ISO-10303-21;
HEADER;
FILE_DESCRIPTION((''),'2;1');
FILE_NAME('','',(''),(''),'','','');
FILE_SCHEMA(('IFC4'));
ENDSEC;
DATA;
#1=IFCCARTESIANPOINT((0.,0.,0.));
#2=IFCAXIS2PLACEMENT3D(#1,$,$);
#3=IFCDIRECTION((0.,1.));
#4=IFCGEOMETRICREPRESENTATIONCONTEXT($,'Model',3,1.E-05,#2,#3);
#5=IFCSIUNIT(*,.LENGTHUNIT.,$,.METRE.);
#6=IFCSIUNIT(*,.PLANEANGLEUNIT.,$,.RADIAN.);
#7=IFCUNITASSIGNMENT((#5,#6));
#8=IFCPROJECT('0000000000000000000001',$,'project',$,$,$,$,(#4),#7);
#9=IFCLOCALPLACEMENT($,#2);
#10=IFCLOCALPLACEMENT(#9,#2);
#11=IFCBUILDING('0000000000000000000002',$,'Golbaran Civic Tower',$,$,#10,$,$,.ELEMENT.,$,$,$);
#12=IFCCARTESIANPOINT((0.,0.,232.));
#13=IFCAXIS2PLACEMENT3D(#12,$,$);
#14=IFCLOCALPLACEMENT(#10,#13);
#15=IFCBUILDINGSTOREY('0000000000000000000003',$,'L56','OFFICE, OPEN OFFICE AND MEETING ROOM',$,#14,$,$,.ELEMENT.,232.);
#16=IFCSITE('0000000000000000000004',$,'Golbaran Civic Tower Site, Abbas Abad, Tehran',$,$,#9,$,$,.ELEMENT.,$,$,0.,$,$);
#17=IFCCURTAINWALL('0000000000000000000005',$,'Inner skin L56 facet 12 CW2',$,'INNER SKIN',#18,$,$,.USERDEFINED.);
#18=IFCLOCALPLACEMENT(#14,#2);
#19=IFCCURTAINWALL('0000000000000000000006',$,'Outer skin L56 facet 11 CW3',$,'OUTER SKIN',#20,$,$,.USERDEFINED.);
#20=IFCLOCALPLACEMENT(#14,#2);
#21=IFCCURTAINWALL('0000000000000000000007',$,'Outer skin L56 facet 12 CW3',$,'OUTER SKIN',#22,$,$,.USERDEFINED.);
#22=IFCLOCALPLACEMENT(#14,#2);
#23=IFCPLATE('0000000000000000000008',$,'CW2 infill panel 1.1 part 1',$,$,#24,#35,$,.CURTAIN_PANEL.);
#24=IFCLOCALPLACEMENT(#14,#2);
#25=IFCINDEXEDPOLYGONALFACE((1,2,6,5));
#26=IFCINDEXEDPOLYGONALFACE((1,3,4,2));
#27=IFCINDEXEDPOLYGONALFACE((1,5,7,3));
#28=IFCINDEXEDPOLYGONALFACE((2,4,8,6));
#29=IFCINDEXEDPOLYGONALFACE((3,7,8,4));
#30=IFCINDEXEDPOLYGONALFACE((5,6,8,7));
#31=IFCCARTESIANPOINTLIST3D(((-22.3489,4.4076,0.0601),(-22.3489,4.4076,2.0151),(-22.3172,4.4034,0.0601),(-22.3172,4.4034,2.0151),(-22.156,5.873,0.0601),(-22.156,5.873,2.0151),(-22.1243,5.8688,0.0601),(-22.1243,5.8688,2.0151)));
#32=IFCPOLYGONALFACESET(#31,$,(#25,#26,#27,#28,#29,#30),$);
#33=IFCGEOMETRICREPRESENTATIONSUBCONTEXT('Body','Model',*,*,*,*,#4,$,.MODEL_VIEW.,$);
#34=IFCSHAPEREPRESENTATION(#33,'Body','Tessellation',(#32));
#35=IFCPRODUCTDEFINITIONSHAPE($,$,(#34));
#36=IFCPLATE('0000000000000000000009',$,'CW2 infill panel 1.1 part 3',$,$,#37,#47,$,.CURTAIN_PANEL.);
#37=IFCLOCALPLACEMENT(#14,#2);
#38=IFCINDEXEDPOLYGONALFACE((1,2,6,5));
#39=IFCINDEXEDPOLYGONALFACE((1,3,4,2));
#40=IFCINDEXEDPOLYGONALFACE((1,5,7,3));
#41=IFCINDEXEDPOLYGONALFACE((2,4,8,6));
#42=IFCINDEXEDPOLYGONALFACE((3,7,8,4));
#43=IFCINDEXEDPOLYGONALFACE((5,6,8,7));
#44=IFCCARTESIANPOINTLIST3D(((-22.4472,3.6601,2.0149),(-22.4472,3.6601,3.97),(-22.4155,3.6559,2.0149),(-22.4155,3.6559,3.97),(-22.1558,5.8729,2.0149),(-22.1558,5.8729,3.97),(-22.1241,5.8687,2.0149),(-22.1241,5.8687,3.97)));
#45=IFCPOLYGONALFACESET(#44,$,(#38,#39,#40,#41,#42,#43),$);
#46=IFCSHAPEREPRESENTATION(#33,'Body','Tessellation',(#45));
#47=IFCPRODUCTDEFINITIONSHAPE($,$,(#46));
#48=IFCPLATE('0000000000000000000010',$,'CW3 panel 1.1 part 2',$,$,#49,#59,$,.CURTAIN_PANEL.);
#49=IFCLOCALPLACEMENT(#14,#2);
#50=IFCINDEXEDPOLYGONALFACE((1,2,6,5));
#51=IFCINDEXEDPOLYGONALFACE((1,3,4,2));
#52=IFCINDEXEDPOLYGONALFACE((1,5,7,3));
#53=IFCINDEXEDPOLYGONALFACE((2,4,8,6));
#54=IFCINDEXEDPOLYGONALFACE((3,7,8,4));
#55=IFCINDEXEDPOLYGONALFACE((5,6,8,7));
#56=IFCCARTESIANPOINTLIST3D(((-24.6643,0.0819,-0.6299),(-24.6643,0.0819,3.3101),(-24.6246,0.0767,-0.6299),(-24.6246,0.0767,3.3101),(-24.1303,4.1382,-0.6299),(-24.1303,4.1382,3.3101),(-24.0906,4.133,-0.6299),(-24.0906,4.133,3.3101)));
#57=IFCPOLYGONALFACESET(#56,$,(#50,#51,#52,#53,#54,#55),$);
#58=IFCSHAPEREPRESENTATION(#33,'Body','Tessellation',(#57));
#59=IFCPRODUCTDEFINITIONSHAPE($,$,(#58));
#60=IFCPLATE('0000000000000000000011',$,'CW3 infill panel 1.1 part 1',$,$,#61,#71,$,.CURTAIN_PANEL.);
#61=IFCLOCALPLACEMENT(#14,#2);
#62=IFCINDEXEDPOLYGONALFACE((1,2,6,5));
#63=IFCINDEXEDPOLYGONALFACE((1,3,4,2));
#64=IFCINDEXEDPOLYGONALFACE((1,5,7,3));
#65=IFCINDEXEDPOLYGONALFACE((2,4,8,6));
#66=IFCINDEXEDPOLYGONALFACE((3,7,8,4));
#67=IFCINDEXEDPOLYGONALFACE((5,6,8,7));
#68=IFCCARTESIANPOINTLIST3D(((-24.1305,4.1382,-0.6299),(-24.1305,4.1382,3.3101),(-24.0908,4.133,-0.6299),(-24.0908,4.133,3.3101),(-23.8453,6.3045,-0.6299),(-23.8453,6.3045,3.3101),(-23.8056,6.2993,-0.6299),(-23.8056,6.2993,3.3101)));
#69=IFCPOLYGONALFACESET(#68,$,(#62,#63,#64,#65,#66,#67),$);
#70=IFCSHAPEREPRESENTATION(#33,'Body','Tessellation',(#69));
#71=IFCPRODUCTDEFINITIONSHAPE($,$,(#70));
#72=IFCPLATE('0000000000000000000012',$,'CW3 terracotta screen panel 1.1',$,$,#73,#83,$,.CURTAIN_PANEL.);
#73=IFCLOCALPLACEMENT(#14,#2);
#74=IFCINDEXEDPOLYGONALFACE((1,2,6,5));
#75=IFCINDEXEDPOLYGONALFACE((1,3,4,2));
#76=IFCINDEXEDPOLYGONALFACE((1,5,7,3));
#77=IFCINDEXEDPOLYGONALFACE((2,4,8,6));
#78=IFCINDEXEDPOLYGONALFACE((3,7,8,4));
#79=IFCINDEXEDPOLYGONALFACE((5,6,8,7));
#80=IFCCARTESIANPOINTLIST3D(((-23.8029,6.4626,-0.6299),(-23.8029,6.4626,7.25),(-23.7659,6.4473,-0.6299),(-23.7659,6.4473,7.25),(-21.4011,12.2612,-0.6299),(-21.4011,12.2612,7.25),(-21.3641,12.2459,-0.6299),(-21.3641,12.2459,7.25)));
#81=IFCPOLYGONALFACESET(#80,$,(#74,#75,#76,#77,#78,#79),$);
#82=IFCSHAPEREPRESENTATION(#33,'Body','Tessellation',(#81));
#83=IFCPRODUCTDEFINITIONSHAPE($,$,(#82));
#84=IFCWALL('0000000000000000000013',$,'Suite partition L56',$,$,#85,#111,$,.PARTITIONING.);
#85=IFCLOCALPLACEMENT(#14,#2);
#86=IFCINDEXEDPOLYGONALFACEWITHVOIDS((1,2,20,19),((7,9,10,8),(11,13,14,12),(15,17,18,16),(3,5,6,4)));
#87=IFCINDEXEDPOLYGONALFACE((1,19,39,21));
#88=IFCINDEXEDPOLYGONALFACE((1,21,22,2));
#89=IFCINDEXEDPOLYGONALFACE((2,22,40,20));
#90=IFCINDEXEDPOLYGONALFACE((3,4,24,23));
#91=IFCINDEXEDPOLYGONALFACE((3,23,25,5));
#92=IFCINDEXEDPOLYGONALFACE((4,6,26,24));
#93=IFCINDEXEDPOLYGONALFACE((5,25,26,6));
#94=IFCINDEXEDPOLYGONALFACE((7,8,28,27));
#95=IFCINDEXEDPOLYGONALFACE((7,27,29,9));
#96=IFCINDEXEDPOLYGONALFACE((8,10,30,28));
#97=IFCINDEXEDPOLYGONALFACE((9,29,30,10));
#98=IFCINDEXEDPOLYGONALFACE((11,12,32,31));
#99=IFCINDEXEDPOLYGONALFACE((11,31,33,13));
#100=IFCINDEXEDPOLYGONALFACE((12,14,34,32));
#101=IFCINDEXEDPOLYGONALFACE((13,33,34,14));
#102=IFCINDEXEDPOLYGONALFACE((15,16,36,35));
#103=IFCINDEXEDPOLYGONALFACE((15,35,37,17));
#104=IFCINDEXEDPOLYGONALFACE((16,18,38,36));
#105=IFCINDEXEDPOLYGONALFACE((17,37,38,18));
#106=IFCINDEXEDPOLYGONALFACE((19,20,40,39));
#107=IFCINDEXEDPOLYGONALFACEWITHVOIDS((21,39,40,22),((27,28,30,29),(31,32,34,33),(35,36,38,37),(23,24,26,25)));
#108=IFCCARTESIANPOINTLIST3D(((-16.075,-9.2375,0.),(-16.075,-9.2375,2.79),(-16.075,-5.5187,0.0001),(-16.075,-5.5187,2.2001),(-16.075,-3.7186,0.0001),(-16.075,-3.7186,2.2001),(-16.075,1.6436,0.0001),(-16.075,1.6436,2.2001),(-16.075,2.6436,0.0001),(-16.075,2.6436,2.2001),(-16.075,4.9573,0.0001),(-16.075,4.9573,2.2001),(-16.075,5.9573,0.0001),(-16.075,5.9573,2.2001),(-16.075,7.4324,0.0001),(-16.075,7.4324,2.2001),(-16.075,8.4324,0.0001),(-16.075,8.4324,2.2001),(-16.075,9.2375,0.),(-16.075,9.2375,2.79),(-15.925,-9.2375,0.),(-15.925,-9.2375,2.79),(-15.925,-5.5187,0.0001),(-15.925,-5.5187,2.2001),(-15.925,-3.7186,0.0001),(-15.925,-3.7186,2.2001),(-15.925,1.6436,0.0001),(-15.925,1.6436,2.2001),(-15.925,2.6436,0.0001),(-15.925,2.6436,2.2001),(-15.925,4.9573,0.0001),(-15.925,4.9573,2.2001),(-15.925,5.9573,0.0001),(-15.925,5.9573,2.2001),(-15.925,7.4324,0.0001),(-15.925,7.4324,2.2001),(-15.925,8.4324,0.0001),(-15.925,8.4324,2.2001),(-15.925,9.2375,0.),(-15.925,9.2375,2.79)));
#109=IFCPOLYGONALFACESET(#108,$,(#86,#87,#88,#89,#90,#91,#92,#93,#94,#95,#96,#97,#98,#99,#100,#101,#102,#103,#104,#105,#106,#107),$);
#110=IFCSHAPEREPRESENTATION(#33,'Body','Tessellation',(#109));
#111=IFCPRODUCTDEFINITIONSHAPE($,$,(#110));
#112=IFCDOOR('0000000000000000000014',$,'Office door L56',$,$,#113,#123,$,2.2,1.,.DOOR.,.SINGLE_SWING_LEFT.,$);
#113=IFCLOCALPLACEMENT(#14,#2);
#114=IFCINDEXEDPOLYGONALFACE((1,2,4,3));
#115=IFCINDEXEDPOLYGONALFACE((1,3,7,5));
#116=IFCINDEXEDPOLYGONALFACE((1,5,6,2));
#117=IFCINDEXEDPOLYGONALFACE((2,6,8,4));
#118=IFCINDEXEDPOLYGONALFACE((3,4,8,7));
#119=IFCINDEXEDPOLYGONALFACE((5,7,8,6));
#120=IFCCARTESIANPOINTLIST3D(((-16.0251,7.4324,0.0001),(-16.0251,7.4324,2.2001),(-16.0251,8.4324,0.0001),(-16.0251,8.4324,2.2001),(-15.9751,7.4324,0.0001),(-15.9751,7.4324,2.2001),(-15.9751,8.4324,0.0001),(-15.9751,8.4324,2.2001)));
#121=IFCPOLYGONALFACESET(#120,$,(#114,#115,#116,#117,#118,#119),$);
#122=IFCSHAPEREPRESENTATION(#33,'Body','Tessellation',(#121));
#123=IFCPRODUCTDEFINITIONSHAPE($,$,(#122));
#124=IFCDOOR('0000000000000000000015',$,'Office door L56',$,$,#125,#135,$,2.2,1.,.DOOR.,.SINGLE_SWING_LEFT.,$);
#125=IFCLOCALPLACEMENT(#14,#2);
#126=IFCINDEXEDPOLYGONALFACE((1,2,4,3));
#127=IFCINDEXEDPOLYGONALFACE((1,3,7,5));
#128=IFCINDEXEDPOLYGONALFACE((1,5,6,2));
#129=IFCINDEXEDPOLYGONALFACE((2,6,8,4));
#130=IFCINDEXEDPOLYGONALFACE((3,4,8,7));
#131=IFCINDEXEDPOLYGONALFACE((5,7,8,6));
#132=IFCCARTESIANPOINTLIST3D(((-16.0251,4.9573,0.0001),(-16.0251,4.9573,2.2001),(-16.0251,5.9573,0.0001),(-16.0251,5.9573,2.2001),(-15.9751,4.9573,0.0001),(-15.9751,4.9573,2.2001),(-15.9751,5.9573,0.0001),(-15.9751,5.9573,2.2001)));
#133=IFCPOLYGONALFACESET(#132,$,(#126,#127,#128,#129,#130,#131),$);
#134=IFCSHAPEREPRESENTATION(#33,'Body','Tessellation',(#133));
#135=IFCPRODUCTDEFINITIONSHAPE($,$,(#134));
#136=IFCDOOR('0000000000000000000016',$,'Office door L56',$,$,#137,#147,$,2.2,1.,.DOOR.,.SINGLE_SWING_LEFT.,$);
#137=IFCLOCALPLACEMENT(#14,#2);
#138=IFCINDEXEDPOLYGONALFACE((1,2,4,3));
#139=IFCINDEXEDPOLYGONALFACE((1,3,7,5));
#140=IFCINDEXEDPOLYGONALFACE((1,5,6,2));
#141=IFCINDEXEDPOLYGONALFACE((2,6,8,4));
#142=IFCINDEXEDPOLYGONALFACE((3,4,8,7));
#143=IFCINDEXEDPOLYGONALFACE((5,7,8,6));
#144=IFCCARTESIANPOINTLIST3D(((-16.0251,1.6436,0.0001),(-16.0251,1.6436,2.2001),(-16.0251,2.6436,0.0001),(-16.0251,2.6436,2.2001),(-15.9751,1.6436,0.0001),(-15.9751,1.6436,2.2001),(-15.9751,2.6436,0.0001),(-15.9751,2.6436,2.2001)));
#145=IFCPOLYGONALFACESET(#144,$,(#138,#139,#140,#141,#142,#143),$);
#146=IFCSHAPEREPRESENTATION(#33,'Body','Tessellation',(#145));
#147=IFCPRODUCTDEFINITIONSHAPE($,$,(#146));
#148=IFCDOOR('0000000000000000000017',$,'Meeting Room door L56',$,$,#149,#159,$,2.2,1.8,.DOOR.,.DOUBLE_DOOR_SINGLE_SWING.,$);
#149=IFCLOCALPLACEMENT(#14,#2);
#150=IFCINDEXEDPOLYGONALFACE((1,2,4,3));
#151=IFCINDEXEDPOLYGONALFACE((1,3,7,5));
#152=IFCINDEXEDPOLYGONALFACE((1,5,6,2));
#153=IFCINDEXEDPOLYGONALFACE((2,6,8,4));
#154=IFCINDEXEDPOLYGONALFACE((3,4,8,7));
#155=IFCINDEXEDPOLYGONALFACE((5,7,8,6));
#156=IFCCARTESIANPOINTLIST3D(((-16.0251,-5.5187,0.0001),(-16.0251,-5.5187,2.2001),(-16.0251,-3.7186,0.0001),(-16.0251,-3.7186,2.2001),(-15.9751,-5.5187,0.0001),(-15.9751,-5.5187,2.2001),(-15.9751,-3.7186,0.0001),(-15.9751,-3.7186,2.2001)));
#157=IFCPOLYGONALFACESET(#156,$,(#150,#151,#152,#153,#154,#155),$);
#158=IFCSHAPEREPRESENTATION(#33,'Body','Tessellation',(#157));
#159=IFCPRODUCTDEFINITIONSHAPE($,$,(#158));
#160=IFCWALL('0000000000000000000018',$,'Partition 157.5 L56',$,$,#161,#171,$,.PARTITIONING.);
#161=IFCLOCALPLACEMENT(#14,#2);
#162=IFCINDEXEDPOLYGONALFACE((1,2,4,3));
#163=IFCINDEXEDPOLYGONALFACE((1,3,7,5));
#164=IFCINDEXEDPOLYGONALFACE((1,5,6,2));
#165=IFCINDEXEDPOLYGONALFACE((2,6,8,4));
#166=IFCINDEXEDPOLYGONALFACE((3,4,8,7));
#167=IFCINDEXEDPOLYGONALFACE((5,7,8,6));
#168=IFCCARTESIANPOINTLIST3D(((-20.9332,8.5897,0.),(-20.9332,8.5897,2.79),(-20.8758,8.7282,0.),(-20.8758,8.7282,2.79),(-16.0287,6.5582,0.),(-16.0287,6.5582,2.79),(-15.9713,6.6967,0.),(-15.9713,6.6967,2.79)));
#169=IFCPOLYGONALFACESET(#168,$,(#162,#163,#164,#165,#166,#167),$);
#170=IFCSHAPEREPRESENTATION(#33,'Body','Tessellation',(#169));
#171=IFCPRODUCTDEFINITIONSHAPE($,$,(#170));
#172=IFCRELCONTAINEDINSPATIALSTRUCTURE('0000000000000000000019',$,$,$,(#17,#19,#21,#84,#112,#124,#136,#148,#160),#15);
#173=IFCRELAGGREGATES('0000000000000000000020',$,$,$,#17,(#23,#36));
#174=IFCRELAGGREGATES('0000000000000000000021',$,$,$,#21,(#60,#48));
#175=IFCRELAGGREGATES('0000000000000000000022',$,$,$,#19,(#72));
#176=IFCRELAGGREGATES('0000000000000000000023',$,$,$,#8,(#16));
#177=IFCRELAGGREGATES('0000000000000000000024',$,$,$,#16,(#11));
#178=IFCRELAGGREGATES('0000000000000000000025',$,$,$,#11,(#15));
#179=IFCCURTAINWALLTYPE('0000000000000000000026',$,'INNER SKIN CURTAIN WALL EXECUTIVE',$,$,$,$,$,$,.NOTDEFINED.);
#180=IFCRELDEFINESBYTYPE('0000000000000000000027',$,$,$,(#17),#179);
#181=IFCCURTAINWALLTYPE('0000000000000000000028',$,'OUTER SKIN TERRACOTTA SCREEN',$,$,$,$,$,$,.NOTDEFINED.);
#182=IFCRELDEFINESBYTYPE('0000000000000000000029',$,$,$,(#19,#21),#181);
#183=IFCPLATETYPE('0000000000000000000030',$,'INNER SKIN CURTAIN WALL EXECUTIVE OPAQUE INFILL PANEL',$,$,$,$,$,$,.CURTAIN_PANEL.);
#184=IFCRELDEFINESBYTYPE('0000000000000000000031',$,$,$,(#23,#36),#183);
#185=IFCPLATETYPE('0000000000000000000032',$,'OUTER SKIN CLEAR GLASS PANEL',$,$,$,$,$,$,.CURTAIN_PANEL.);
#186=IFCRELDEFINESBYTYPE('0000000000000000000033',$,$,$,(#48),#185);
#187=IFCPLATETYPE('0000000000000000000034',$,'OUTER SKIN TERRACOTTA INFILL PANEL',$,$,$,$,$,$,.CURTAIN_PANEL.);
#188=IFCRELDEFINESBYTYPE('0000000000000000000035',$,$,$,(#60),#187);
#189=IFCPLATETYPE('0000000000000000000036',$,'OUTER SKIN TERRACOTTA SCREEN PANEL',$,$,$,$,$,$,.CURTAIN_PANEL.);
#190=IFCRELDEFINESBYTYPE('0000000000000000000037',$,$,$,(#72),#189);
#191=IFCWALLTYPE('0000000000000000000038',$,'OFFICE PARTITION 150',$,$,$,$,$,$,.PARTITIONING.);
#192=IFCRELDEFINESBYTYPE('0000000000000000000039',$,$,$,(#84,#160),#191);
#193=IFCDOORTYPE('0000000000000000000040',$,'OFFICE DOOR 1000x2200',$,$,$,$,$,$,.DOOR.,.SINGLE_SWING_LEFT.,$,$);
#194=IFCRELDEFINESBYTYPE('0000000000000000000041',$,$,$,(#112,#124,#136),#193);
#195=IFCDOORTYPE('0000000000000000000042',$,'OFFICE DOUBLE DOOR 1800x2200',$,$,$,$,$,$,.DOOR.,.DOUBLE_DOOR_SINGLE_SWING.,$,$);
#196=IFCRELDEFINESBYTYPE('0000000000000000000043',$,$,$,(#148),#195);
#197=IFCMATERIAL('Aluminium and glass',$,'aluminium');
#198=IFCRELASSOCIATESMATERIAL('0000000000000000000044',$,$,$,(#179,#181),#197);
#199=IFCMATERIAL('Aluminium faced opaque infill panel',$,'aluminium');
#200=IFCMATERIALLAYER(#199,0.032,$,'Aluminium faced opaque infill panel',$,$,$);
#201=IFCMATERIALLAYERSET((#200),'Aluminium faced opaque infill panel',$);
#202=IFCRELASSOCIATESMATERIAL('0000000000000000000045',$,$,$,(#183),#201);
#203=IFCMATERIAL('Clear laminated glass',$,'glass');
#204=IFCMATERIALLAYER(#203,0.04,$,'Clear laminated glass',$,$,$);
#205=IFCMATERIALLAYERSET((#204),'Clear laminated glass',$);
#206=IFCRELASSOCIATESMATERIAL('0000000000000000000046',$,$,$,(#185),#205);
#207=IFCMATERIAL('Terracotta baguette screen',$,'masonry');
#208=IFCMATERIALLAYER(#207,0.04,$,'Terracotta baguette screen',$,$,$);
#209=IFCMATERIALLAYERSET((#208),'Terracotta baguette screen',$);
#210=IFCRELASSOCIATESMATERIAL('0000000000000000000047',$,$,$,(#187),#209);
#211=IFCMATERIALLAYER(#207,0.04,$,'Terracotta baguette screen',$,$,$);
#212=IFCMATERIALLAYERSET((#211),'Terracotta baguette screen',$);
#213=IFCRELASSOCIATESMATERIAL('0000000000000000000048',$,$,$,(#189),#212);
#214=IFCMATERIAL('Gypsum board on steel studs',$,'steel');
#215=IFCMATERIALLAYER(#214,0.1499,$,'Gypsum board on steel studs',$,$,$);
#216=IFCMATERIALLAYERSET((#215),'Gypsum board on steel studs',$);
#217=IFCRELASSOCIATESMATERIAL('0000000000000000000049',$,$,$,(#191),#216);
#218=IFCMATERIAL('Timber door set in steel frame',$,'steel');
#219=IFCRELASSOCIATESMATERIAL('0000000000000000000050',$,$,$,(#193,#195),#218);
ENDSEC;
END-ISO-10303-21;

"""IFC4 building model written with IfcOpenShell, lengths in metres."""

from ifc_helpers import new_model, si_unit, direction, frame, frame_2d, origin, origin_2d, place, context, subcontext, project, spatial, rectangle, extrude, material, layer, layer_set, type_object, element, fill, aggregate, save


model = new_model("IFC4")

# Units and contexts
model_context = context("Model", 3, precision=1e-05, world=origin(), true_north=direction((0.0, 1.0)))
body_context = subcontext(model_context, "Body", "Model", "MODEL_VIEW")
ifc_project = project(units=[si_unit("LENGTHUNIT", "METRE"), si_unit("PLANEANGLEUNIT", "RADIAN")], contexts=[model_context])

# Site, building, storey
site_placement = place(None, origin())
site = spatial("IfcSite", under=ifc_project, at=site_placement, Name="Golbaran Civic Tower Site, Abbas Abad, Tehran", CompositionType="ELEMENT", RefElevation=0.0)
building_placement = place(site_placement, origin())
building = spatial("IfcBuilding", under=site, at=building_placement, Name="Golbaran Civic Tower", CompositionType="ELEMENT")
storey_placement = place(building_placement, frame((0.0, 0.0, 232.0)))
storey = spatial("IfcBuildingStorey", under=building, at=storey_placement, Name="L56", Description="OFFICE, OPEN OFFICE AND MEETING ROOM", CompositionType="ELEMENT", Elevation=232.0)

# Curtain wall
ifc_material_1 = material(Name="Aluminium and glass", Category="aluminium")
curtain_wall_type_1 = type_object("IfcCurtainWallType", Name="INNER SKIN CURTAIN WALL EXECUTIVE", PredefinedType="NOTDEFINED", material=ifc_material_1)
curtain_wall_1_placement = place(storey_placement, origin())
curtain_wall_1 = element("IfcCurtainWall", 1, at=curtain_wall_1_placement, inside=storey, type_object=curtain_wall_type_1, Name="Inner skin L56 facet 12 CW2", ObjectType="INNER SKIN", PredefinedType="USERDEFINED")

# Curtain wall
curtain_wall_type_2 = type_object("IfcCurtainWallType", Name="OUTER SKIN TERRACOTTA SCREEN", PredefinedType="NOTDEFINED", material=ifc_material_1)
curtain_wall_2_placement = place(storey_placement, origin())
curtain_wall_2 = element("IfcCurtainWall", 2, at=curtain_wall_2_placement, inside=storey, type_object=curtain_wall_type_2, Name="Outer skin L56 facet 11 CW3", ObjectType="OUTER SKIN", PredefinedType="USERDEFINED")

# Curtain wall
curtain_wall_3_placement = place(storey_placement, origin())
curtain_wall_3 = element("IfcCurtainWall", 3, at=curtain_wall_3_placement, inside=storey, type_object=curtain_wall_type_2, Name="Outer skin L56 facet 12 CW3", ObjectType="OUTER SKIN", PredefinedType="USERDEFINED")

# Plates
ifc_material_2 = material(Name="Aluminium faced opaque infill panel", Category="aluminium")
ifc_layer_1 = layer(ifc_material_2, 0.032, Name="Aluminium faced opaque infill panel")
ifc_layer_set_1 = layer_set([ifc_layer_1], Name="Aluminium faced opaque infill panel")
plate_type_1 = type_object("IfcPlateType", Name="INNER SKIN CURTAIN WALL EXECUTIVE OPAQUE INFILL PANEL", PredefinedType="CURTAIN_PANEL", material=ifc_layer_set_1)
plate_1_placement = place(storey_placement, frame((-22.2366, 5.1382, 0.0601), z_axis=(0.0, 0.0, 1.0), x_axis=(-0.130526, -0.991445, 0.0)))
plate_1 = element("IfcPlate", 4, at=plate_1_placement, type_object=plate_type_1, Name="CW2 infill panel 1.1 part 1", PredefinedType="CURTAIN_PANEL", context=body_context, shape_type="SweptSolid", body=[
    extrude(rectangle(XDim=1.478, YDim=0.032, at=origin_2d()), origin(), (0.0, 0.0, 1.0), 1.9551),
])
plate_2_placement = place(storey_placement, frame((-22.2856, 4.7644, 2.0149), z_axis=(0.0, 0.0, 1.0), x_axis=(-0.130526, -0.991445, 0.0)))
plate_2 = element("IfcPlate", 5, at=plate_2_placement, type_object=plate_type_1, Name="CW2 infill panel 1.1 part 3", PredefinedType="CURTAIN_PANEL", context=body_context, shape_type="SweptSolid", body=[
    extrude(rectangle(XDim=2.2319, YDim=0.032, at=origin_2d()), origin(), (0.0, 0.0, 1.0), 1.9551),
])
aggregate(curtain_wall_1, [plate_1, plate_2])
ifc_material_3 = material(Name="Clear laminated glass", Category="glass")
ifc_layer_2 = layer(ifc_material_3, 0.04, Name="Clear laminated glass")
ifc_layer_set_2 = layer_set([ifc_layer_2], Name="Clear laminated glass")
plate_type_2 = type_object("IfcPlateType", Name="OUTER SKIN CLEAR GLASS PANEL", PredefinedType="CURTAIN_PANEL", material=ifc_layer_set_2)
plate_3_placement = place(storey_placement, frame((-24.3774, 2.1074, -0.6299), z_axis=(0.0, 0.0, 1.0), x_axis=(-0.130526, -0.991445, 0.0)))
plate_3 = element("IfcPlate", 6, at=plate_3_placement, type_object=plate_type_2, Name="CW3 panel 1.1 part 2", PredefinedType="CURTAIN_PANEL", context=body_context, shape_type="SweptSolid", body=[
    extrude(rectangle(XDim=4.0913, YDim=0.04, at=origin_2d()), origin(), (0.0, 0.0, 1.0), 3.9399),
])
ifc_material_4 = material(Name="Terracotta baguette screen", Category="masonry")
ifc_layer_3 = layer(ifc_material_4, 0.04, Name="Terracotta baguette screen")
ifc_layer_set_3 = layer_set([ifc_layer_3], Name="Terracotta baguette screen")
plate_type_3 = type_object("IfcPlateType", Name="OUTER SKIN TERRACOTTA INFILL PANEL", PredefinedType="CURTAIN_PANEL", material=ifc_layer_set_3)
plate_4_placement = place(storey_placement, frame((-23.968, 5.2188, -0.6299), z_axis=(0.0, 0.0, 1.0), x_axis=(-0.130526, -0.991445, 0.0)))
plate_4 = element("IfcPlate", 7, at=plate_4_placement, type_object=plate_type_3, Name="CW3 infill panel 1.1 part 1", PredefinedType="CURTAIN_PANEL", context=body_context, shape_type="SweptSolid", body=[
    extrude(rectangle(XDim=2.1851, YDim=0.04, at=origin_2d()), origin(), (0.0, 0.0, 1.0), 3.9399),
])
aggregate(curtain_wall_3, [plate_4, plate_3])
ifc_layer_4 = layer(ifc_material_4, 0.04, Name="Terracotta baguette screen")
ifc_layer_set_4 = layer_set([ifc_layer_4], Name="Terracotta baguette screen")
plate_type_4 = type_object("IfcPlateType", Name="OUTER SKIN TERRACOTTA SCREEN PANEL", PredefinedType="CURTAIN_PANEL", material=ifc_layer_set_4)
plate_5_placement = place(storey_placement, frame((-22.5835, 9.3542, -0.6299), z_axis=(0.0, 0.0, 1.0), x_axis=(-0.382683, -0.92388, 0.0)))
plate_5 = element("IfcPlate", 8, at=plate_5_placement, type_object=plate_type_4, Name="CW3 terracotta screen panel 1.1", PredefinedType="CURTAIN_PANEL", context=body_context, shape_type="SweptSolid", body=[
    extrude(rectangle(XDim=6.2764, YDim=0.04, at=origin_2d()), origin(), (0.0, 0.0, 1.0), 7.8799),
])
aggregate(curtain_wall_2, [plate_5])

# Wall, openings, doors
ifc_material_5 = material(Name="Gypsum board on steel studs", Category="steel")
ifc_layer_5 = layer(ifc_material_5, 0.1499, Name="Gypsum board on steel studs")
ifc_layer_set_5 = layer_set([ifc_layer_5], Name="Gypsum board on steel studs")
wall_type = type_object("IfcWallType", Name="OFFICE PARTITION 150", PredefinedType="PARTITIONING", material=ifc_layer_set_5)
wall_1_placement = place(storey_placement, frame((-16.0, 9.2375, 0.0), z_axis=(0.0, 0.0, 1.0), x_axis=(0.0, -1.0, 0.0)))
wall_1 = element("IfcWall", 9, at=wall_1_placement, inside=storey, type_object=wall_type, Name="Suite partition L56", PredefinedType="PARTITIONING", context=body_context, shape_type="SweptSolid", body=[
    extrude(rectangle(XDim=18.4751, YDim=0.1499, at=frame_2d((9.2375, 0.0))), origin(), (0.0, 0.0, 1.0), 2.79),
])
opening_1_placement = place(wall_1_placement, frame((0.8052, 0.0, 0.0)))
opening_1 = element("IfcOpeningElement", 10, at=opening_1_placement, cuts=wall_1, PredefinedType="OPENING", context=body_context, shape_type="SweptSolid", body=[
    extrude(rectangle(XDim=1.0, YDim=2.2, at=frame_2d((0.5, 1.1001))), frame((0.0, 0.085, 0.0), z_axis=(0.0, -1.0, 0.0), x_axis=(1.0, 0.0, 0.0)), (0.0, 0.0, 1.0), 0.1699),
])
opening_2_placement = place(wall_1_placement, frame((3.2803, 0.0, 0.0)))
opening_2 = element("IfcOpeningElement", 11, at=opening_2_placement, cuts=wall_1, PredefinedType="OPENING", context=body_context, shape_type="SweptSolid", body=[
    extrude(rectangle(XDim=1.0, YDim=2.2, at=frame_2d((0.5, 1.1001))), frame((0.0, 0.085, 0.0), z_axis=(0.0, -1.0, 0.0), x_axis=(1.0, 0.0, 0.0)), (0.0, 0.0, 1.0), 0.1699),
])
opening_3_placement = place(wall_1_placement, frame((6.594, 0.0, 0.0)))
opening_3 = element("IfcOpeningElement", 12, at=opening_3_placement, cuts=wall_1, PredefinedType="OPENING", context=body_context, shape_type="SweptSolid", body=[
    extrude(rectangle(XDim=1.0, YDim=2.2, at=frame_2d((0.5, 1.1001))), frame((0.0, 0.085, 0.0), z_axis=(0.0, -1.0, 0.0), x_axis=(1.0, 0.0, 0.0)), (0.0, 0.0, 1.0), 0.1699),
])
opening_4_placement = place(wall_1_placement, frame((12.9563, 0.0, 0.0)))
opening_4 = element("IfcOpeningElement", 13, at=opening_4_placement, cuts=wall_1, PredefinedType="OPENING", context=body_context, shape_type="SweptSolid", body=[
    extrude(rectangle(XDim=1.8, YDim=2.2, at=frame_2d((0.8999, 1.1001))), frame((0.0, 0.085, 0.0), z_axis=(0.0, -1.0, 0.0), x_axis=(1.0, 0.0, 0.0)), (0.0, 0.0, 1.0), 0.1699),
])
ifc_material_6 = material(Name="Timber door set in steel frame", Category="steel")
door_type_1 = type_object("IfcDoorType", Name="OFFICE DOOR 1000x2200", OperationType="SINGLE_SWING_LEFT", PredefinedType="DOOR", material=ifc_material_6)
door_1_placement = place(opening_1_placement, origin())
door_1 = element("IfcDoor", 14, at=door_1_placement, inside=storey, type_object=door_type_1, Name="Office door L56", OperationType="SINGLE_SWING_LEFT", OverallHeight=2.2, OverallWidth=1.0, PredefinedType="DOOR", context=body_context, shape_type="SweptSolid", body=[
    extrude(rectangle(XDim=1.0, YDim=2.2, at=frame_2d((0.5, 1.1001))), frame((0.0, 0.0249, 0.0), z_axis=(0.0, -1.0, 0.0), x_axis=(1.0, 0.0, 0.0)), (0.0, 0.0, 1.0), 0.05),
])
fill(opening_1, door_1)
door_2_placement = place(opening_2_placement, origin())
door_2 = element("IfcDoor", 15, at=door_2_placement, inside=storey, type_object=door_type_1, Name="Office door L56", OperationType="SINGLE_SWING_LEFT", OverallHeight=2.2, OverallWidth=1.0, PredefinedType="DOOR", context=body_context, shape_type="SweptSolid", body=[
    extrude(rectangle(XDim=1.0, YDim=2.2, at=frame_2d((0.5, 1.1001))), frame((0.0, 0.0249, 0.0), z_axis=(0.0, -1.0, 0.0), x_axis=(1.0, 0.0, 0.0)), (0.0, 0.0, 1.0), 0.05),
])
fill(opening_2, door_2)
door_3_placement = place(opening_3_placement, origin())
door_3 = element("IfcDoor", 16, at=door_3_placement, inside=storey, type_object=door_type_1, Name="Office door L56", OperationType="SINGLE_SWING_LEFT", OverallHeight=2.2, OverallWidth=1.0, PredefinedType="DOOR", context=body_context, shape_type="SweptSolid", body=[
    extrude(rectangle(XDim=1.0, YDim=2.2, at=frame_2d((0.5, 1.1001))), frame((0.0, 0.0249, 0.0), z_axis=(0.0, -1.0, 0.0), x_axis=(1.0, 0.0, 0.0)), (0.0, 0.0, 1.0), 0.05),
])
fill(opening_3, door_3)
door_type_2 = type_object("IfcDoorType", Name="OFFICE DOUBLE DOOR 1800x2200", OperationType="DOUBLE_DOOR_SINGLE_SWING", PredefinedType="DOOR", material=ifc_material_6)
door_4_placement = place(opening_4_placement, origin())
door_4 = element("IfcDoor", 17, at=door_4_placement, inside=storey, type_object=door_type_2, Name="Meeting Room door L56", OperationType="DOUBLE_DOOR_SINGLE_SWING", OverallHeight=2.2, OverallWidth=1.8, PredefinedType="DOOR", context=body_context, shape_type="SweptSolid", body=[
    extrude(rectangle(XDim=1.8, YDim=2.2, at=frame_2d((0.8999, 1.1001))), frame((0.0, 0.0249, 0.0), z_axis=(0.0, -1.0, 0.0), x_axis=(1.0, 0.0, 0.0)), (0.0, 0.0, 1.0), 0.05),
])
fill(opening_4, door_4)

# Wall
wall_2_placement = place(storey_placement, frame((-16.0, 6.6274, 0.0), z_axis=(0.0, 0.0, 1.0), x_axis=(-0.923882, 0.382678, 0.0)))
element("IfcWall", 18, at=wall_2_placement, inside=storey, type_object=wall_type, Name="Partition 157.5 L56", PredefinedType="PARTITIONING", context=body_context, shape_type="SweptSolid", body=[
    extrude(rectangle(XDim=5.3086, YDim=0.1499, at=frame_2d((2.6543, 0.0))), origin(), (0.0, 0.0, 1.0), 2.79),
])

save(model, "model.ifc")
